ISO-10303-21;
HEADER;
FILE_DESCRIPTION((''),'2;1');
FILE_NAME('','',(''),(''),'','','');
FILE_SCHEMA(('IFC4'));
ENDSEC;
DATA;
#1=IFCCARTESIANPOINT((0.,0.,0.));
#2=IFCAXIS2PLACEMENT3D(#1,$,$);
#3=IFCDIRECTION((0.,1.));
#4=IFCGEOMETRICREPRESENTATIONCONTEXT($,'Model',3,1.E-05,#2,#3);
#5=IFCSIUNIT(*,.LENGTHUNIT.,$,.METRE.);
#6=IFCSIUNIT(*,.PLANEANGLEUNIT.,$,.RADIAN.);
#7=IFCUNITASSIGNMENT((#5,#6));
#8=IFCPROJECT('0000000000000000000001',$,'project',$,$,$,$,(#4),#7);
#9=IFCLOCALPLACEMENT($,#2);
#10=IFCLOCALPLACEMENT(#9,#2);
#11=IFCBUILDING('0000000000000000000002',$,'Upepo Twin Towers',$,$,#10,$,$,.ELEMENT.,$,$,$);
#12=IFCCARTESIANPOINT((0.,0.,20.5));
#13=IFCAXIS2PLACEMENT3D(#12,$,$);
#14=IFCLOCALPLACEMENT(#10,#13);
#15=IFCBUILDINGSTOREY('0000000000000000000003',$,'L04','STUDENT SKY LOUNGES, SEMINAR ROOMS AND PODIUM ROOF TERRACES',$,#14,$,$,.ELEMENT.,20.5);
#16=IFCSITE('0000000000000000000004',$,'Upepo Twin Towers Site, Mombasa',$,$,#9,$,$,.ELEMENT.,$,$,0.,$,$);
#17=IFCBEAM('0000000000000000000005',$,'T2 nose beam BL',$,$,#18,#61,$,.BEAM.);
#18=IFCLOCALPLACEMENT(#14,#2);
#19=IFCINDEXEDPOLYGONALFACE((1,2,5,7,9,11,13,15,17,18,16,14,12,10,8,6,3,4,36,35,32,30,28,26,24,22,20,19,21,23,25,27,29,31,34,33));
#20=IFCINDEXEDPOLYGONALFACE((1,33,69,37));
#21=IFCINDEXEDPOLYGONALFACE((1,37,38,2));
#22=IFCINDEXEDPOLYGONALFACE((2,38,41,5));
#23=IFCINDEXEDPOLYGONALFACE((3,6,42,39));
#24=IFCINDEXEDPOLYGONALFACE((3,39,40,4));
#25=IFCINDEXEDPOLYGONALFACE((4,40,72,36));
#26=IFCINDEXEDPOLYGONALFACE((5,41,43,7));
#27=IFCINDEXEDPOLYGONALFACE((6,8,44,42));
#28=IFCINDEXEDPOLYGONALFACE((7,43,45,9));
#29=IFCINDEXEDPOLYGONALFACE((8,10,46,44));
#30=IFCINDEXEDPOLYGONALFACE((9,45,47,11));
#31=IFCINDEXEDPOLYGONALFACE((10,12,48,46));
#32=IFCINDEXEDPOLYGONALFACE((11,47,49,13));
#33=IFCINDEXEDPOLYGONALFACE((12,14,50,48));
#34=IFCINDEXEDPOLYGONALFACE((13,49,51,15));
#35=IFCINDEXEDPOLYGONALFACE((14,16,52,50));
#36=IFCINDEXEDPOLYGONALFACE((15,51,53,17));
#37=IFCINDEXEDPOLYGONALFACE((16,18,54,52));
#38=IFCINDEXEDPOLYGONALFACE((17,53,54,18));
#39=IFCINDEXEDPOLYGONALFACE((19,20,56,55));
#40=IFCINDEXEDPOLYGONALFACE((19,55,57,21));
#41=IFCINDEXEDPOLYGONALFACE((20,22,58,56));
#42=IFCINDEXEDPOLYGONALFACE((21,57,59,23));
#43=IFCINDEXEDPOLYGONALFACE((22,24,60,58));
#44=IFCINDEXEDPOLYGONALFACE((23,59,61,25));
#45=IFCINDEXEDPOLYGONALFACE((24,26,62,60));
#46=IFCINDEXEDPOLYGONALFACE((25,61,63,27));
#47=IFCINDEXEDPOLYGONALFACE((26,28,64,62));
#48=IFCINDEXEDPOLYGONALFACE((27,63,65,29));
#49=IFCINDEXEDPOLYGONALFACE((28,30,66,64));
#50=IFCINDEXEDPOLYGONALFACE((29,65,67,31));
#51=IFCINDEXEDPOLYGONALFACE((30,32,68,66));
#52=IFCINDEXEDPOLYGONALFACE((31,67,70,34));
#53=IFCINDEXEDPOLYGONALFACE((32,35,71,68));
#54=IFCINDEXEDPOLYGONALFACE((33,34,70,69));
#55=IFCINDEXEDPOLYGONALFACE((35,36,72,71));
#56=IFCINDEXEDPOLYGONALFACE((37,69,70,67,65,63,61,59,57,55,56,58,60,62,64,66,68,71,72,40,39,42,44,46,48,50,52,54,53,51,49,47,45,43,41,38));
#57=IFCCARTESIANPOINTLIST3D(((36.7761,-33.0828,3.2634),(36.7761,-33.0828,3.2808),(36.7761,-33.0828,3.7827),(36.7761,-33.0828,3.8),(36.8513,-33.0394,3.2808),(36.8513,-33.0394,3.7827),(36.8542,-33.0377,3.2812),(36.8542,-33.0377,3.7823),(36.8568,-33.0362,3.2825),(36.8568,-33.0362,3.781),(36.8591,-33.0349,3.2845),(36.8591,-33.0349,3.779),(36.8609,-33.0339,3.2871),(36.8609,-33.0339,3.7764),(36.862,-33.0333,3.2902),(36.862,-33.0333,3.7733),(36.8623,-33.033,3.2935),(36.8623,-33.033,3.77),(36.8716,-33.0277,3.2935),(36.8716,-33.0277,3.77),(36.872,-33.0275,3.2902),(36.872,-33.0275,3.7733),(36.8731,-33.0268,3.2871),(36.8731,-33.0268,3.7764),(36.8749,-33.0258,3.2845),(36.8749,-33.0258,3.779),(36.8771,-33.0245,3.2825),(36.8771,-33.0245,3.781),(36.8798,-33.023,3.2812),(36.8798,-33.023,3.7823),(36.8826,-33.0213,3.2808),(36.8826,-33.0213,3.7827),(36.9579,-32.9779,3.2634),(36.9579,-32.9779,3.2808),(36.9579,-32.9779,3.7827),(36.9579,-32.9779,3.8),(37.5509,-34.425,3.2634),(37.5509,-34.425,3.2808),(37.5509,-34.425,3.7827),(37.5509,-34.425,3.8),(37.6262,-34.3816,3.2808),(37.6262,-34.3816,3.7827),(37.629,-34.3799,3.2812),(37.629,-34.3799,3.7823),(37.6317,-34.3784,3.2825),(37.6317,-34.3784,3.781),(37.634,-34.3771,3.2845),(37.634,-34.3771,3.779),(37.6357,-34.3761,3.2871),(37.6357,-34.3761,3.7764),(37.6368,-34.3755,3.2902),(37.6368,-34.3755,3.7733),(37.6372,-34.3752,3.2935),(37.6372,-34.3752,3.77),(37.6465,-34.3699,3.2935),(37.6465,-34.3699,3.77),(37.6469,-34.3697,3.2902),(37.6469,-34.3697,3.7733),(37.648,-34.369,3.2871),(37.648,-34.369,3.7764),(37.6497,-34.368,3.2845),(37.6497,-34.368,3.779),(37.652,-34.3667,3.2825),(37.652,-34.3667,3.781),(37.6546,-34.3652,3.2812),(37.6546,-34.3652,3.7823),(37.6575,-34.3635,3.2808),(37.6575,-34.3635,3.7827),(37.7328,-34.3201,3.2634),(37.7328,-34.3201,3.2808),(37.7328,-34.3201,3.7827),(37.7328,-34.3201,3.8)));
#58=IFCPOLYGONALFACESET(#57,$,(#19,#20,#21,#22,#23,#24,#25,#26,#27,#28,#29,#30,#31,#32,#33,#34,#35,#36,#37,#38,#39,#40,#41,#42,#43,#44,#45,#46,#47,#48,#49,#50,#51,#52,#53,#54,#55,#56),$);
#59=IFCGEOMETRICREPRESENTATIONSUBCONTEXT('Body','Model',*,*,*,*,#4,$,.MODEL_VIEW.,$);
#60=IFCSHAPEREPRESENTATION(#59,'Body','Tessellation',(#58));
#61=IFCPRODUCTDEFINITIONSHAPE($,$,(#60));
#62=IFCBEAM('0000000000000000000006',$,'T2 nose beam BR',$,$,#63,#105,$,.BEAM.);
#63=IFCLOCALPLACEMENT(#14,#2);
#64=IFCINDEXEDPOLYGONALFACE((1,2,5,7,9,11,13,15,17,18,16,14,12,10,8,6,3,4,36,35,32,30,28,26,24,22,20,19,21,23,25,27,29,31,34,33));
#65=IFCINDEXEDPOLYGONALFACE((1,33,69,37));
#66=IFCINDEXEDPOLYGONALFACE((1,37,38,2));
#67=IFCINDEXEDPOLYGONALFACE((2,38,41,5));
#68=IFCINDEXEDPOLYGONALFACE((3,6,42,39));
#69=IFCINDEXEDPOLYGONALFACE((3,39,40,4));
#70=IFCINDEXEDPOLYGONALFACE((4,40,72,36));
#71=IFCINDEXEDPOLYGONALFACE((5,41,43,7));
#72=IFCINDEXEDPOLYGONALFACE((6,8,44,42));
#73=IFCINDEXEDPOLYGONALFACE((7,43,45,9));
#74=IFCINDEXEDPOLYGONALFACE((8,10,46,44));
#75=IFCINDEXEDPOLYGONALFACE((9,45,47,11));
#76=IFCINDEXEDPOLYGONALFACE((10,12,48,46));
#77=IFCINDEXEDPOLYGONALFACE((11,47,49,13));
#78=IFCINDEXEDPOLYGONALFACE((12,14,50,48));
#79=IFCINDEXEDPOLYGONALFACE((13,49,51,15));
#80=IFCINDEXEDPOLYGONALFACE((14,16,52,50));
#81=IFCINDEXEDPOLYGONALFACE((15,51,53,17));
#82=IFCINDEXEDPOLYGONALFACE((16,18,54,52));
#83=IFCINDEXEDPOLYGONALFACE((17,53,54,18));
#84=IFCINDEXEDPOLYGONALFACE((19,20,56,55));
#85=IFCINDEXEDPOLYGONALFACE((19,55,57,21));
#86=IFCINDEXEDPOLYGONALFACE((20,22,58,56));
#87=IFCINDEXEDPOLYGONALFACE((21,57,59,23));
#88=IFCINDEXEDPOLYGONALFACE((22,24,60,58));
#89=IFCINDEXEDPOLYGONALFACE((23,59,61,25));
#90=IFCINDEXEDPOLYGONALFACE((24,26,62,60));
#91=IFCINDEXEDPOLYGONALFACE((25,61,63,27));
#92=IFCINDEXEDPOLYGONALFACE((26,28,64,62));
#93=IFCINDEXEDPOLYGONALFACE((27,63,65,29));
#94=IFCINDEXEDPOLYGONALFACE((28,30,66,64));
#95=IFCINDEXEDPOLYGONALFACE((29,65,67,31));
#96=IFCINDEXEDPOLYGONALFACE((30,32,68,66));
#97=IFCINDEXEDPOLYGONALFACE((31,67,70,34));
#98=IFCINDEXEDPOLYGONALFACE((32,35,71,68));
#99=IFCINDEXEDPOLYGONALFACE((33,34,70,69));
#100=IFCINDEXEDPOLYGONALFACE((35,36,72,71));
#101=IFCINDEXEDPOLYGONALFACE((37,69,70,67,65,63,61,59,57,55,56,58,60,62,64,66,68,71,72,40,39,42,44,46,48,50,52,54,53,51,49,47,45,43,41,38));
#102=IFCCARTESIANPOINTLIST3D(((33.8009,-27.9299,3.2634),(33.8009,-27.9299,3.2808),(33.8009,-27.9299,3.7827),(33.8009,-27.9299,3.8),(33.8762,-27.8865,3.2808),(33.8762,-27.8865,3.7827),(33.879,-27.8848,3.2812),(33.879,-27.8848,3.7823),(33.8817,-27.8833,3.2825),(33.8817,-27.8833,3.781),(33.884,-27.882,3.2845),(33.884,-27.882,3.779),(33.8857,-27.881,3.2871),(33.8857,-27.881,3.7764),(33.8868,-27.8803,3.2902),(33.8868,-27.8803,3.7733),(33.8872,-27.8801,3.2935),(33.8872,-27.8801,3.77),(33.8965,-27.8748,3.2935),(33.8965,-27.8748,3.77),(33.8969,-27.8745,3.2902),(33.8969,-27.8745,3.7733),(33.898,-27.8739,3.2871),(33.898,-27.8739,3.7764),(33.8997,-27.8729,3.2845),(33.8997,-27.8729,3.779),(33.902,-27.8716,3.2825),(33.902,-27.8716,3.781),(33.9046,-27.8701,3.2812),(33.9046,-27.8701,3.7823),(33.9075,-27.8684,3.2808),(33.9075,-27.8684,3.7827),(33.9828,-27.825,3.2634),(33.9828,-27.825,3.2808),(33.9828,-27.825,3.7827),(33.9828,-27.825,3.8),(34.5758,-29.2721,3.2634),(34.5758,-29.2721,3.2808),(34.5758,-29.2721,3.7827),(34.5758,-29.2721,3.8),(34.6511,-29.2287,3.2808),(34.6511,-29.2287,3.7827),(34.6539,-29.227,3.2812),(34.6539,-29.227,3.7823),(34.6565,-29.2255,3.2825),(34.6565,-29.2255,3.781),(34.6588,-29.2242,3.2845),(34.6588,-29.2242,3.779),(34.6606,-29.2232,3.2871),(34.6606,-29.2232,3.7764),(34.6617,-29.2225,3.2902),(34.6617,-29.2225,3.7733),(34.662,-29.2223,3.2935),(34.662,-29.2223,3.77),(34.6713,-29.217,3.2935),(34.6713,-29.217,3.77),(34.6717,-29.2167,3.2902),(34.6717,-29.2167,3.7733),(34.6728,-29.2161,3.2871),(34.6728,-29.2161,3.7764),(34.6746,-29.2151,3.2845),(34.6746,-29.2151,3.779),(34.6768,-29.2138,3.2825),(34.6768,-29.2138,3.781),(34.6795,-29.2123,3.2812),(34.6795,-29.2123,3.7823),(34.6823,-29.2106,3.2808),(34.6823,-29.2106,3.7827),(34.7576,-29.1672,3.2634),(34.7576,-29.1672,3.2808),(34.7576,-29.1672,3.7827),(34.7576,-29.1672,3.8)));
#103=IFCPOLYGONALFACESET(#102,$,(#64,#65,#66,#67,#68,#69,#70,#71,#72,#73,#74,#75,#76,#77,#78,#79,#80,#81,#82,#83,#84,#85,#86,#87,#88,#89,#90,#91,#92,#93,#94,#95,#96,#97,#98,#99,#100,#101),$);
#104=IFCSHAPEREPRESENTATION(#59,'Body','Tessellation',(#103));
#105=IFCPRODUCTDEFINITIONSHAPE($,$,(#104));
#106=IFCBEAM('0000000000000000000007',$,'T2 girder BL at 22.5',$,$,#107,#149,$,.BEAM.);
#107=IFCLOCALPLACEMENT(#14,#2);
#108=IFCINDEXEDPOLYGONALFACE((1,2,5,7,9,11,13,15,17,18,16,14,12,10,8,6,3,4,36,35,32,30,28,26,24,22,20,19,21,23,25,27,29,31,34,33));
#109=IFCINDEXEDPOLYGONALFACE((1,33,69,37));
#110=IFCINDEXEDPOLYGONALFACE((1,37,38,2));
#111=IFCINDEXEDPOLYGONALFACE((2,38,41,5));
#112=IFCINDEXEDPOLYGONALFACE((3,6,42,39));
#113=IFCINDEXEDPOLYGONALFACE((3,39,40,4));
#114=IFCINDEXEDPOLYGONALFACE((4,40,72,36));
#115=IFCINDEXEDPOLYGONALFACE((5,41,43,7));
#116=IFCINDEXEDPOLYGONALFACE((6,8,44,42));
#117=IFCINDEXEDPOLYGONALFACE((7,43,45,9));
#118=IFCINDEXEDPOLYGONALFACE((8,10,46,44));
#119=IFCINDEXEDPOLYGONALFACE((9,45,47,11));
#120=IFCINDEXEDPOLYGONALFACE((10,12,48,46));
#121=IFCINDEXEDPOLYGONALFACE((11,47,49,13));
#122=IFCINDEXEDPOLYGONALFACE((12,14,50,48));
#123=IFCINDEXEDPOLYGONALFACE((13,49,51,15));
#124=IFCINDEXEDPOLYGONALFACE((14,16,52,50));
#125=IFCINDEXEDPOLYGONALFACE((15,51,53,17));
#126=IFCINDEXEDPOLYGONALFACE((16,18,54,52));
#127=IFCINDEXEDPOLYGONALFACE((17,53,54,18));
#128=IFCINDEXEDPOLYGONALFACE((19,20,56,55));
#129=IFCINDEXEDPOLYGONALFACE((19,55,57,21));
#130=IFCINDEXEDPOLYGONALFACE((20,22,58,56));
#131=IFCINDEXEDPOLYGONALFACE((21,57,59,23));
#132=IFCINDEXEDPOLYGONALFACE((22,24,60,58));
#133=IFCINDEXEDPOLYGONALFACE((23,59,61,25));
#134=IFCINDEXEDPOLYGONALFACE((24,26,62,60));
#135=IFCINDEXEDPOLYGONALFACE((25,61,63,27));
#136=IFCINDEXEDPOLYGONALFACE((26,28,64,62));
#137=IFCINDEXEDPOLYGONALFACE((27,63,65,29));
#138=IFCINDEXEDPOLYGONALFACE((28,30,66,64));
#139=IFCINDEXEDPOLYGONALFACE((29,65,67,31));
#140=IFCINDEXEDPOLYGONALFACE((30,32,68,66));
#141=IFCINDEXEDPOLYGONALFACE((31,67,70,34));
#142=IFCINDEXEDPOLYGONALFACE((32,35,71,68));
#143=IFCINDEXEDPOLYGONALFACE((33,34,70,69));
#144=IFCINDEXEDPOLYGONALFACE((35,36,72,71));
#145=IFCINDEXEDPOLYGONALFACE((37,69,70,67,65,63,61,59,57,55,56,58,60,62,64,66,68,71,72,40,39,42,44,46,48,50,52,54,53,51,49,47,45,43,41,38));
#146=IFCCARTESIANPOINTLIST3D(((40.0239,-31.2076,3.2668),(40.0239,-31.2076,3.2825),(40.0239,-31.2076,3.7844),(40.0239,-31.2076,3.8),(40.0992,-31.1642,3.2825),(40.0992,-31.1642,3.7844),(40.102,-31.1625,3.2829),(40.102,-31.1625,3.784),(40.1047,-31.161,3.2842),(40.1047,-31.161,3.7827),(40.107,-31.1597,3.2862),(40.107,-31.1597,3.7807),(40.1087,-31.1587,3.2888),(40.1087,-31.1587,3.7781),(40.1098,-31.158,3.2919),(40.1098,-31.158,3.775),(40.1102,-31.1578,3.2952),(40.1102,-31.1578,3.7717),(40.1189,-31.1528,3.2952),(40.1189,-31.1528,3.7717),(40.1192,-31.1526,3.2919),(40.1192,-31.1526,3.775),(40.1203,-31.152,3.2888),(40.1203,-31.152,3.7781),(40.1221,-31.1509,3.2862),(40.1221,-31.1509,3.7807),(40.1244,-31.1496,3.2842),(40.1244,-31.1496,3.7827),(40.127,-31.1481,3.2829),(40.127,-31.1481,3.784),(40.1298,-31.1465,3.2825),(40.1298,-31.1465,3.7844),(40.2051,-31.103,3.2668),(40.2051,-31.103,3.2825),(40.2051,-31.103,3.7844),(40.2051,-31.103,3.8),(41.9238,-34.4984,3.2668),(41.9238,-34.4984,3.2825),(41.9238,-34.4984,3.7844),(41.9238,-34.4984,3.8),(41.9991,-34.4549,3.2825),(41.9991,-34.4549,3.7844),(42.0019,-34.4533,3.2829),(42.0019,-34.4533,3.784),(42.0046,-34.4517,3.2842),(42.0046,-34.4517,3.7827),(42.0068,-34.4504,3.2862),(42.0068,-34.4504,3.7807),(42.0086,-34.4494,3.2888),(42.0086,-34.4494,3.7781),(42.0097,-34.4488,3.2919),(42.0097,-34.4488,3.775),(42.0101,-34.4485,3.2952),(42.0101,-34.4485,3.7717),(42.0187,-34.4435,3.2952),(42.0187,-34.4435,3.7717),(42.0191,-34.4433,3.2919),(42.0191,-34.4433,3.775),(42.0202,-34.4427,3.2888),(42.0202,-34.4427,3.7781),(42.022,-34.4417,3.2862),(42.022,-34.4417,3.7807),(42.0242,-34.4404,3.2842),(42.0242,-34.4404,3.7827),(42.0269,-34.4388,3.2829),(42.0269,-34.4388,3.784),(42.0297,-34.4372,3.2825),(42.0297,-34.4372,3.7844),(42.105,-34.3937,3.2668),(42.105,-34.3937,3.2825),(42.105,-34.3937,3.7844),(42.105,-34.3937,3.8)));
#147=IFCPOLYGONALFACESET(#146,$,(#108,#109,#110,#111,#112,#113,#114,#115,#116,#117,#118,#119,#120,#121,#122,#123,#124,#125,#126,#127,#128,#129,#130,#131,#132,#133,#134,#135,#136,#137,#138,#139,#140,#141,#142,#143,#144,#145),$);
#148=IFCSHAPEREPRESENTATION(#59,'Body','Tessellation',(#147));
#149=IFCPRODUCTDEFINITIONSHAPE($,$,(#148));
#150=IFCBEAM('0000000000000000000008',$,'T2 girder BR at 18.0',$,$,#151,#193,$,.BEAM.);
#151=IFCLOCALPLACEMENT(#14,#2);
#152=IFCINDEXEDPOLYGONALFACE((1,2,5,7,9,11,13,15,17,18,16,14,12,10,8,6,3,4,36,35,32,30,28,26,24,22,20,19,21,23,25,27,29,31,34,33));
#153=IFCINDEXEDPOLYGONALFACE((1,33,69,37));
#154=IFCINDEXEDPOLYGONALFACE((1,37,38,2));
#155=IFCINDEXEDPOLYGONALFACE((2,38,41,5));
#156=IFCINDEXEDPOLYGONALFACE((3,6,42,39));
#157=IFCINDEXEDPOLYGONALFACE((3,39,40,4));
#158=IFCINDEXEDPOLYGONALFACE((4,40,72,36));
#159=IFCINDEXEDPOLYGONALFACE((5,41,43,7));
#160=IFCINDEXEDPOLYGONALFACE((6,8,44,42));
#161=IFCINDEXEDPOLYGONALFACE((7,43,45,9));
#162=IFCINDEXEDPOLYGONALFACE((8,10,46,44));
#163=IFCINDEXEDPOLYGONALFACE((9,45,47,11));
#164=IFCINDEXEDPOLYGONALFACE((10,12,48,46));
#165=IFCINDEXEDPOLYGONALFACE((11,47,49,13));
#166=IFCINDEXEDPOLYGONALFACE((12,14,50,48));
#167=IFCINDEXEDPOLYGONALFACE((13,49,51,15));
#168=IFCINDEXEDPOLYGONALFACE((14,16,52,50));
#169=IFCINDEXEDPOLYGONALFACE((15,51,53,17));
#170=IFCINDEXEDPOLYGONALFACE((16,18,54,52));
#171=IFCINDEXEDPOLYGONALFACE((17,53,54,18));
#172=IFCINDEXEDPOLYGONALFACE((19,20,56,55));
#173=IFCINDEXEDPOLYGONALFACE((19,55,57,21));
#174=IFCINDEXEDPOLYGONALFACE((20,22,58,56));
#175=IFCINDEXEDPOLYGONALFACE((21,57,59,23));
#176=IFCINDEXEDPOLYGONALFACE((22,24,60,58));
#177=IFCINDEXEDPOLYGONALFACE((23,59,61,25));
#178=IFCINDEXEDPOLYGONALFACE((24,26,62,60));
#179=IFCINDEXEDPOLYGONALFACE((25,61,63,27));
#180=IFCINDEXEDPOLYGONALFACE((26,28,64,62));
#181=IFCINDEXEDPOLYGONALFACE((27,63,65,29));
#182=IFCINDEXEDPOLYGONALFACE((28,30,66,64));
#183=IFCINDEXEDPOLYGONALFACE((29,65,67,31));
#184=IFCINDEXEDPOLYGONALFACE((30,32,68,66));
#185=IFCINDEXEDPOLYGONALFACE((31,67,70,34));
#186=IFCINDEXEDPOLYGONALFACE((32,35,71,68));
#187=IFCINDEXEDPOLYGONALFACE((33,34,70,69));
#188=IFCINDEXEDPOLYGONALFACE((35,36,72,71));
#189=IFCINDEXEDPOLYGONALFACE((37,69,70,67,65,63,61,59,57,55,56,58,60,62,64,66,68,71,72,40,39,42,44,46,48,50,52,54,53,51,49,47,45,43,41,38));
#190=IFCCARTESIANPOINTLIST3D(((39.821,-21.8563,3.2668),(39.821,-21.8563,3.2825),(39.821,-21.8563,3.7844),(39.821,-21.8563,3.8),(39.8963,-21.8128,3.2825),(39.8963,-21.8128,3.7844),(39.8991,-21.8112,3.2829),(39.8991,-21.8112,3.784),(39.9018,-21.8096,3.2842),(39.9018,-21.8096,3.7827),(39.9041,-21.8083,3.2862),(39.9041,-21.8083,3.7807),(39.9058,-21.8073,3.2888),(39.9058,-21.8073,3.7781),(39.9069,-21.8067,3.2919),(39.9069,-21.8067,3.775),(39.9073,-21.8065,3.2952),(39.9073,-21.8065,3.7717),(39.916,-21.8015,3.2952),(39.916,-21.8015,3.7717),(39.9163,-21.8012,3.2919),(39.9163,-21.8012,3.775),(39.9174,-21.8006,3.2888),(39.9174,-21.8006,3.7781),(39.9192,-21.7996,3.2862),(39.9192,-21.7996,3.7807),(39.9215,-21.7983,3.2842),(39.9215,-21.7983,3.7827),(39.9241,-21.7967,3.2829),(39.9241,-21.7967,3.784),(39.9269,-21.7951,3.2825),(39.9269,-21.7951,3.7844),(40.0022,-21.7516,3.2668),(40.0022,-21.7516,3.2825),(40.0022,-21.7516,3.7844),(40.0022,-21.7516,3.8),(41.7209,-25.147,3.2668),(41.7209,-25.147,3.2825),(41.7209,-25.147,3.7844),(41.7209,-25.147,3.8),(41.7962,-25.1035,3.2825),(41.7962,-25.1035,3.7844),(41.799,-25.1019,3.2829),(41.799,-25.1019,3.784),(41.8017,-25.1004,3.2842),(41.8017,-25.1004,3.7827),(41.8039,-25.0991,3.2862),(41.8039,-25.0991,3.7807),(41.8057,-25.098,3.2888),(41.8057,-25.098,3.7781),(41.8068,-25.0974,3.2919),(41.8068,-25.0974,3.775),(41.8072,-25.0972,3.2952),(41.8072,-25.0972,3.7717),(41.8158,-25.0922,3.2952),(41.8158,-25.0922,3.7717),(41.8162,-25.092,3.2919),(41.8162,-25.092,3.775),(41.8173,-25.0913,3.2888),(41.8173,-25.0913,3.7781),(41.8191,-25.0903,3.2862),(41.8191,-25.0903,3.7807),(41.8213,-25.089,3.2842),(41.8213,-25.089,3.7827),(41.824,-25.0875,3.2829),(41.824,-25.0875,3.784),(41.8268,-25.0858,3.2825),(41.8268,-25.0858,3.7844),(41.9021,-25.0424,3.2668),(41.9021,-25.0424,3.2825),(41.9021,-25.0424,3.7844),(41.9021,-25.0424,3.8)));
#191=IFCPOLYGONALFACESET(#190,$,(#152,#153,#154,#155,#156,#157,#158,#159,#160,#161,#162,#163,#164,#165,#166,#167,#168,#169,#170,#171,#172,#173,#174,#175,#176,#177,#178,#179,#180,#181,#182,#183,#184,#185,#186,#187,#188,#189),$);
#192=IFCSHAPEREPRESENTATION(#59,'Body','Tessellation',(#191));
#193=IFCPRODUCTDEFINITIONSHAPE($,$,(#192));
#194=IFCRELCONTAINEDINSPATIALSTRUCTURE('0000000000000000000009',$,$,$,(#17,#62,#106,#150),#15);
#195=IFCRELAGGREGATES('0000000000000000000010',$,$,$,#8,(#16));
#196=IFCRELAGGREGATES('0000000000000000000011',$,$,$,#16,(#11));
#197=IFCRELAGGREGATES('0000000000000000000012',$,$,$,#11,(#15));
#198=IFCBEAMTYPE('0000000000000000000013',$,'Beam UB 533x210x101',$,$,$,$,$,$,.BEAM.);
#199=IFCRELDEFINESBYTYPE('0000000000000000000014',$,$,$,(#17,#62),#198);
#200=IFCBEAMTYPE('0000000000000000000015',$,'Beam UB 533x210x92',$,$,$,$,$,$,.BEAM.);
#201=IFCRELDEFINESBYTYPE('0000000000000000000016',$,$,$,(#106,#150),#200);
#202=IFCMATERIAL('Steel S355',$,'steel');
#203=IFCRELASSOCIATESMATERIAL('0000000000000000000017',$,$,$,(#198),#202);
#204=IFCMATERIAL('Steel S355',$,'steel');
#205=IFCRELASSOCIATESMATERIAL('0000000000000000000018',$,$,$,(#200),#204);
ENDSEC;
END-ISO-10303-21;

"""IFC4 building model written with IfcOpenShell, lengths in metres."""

from ifc_helpers import new_model, si_unit, direction, frame, origin, origin_2d, place, context, subcontext, project, spatial, i_section, extrude, material, material_profile, profile_set, type_object, element, save


model = new_model("IFC4")

# Units and contexts
model_context = context("Model", 3, precision=1e-05, world=origin(), true_north=direction((0.0, 1.0)))
body_context = subcontext(model_context, "Body", "Model", "MODEL_VIEW")
ifc_project = project(units=[si_unit("LENGTHUNIT", "METRE"), si_unit("PLANEANGLEUNIT", "RADIAN")], contexts=[model_context])

# Site, building, storey
site_placement = place(None, origin())
site = spatial("IfcSite", under=ifc_project, at=site_placement, Name="Upepo Twin Towers Site, Mombasa", CompositionType="ELEMENT", RefElevation=0.0)
building_placement = place(site_placement, origin())
building = spatial("IfcBuilding", under=site, at=building_placement, Name="Upepo Twin Towers", CompositionType="ELEMENT")
storey_placement = place(building_placement, frame((0.0, 0.0, 20.5)))
storey = spatial("IfcBuildingStorey", under=building, at=storey_placement, Name="L04", Description="STUDENT SKY LOUNGES, SEMINAR ROOMS AND PODIUM ROOF TERRACES", CompositionType="ELEMENT", Elevation=20.5)

# Beams
ifc_material_1 = material(Name="Steel S355", Category="steel")
ifc_material_profile_1 = material_profile(ifc_material_1, i_section(OverallWidth=0.21, OverallDepth=0.5366, WebThickness=0.0107, FlangeThickness=0.0173, FilletRadius=0.0127, at=origin_2d()), Name="UB 533x210x101")
ifc_profile_set_1 = profile_set([ifc_material_profile_1], Name="Steel S355")
beam_type_1 = type_object("IfcBeamType", Name="Beam UB 533x210x101", PredefinedType="BEAM", material=ifc_profile_set_1)
for number, where, z_axis, x_axis, name in (
    (1, (37.6418, -34.3726, 3.5317), (-0.499968, 0.866044, 0.0), (-0.866044, -0.499968, 0.0), "T2 nose beam BL"),
    (2, (33.8918, -27.8774, 3.5317), (0.499968, -0.866044, 0.0), (0.866044, 0.499968, 0.0), "T2 nose beam BR"),
):
    element("IfcBeam", number, at=place(storey_placement, frame(where, z_axis=z_axis, x_axis=x_axis)), inside=storey, type_object=beam_type_1, Name=name, PredefinedType="BEAM", context=body_context, shape_type="SweptSolid", body=[
        extrude(i_section(OverallWidth=0.21, OverallDepth=0.5366, WebThickness=0.0107, FlangeThickness=0.0173, FilletRadius=0.0127, at=origin_2d()), origin(), (0.0, 0.0, 1.0), 1.5498),
    ])
ifc_material_2 = material(Name="Steel S355", Category="steel")
ifc_material_profile_2 = material_profile(ifc_material_2, i_section(OverallWidth=0.2092, OverallDepth=0.5332, WebThickness=0.01, FlangeThickness=0.0156, FilletRadius=0.0127, at=origin_2d()), Name="UB 533x210x92")
ifc_profile_set_2 = profile_set([ifc_material_profile_2], Name="Steel S355")
beam_type_2 = type_object("IfcBeamType", Name="Beam UB 533x210x92", PredefinedType="BEAM", material=ifc_profile_set_2)
for number, where, z_axis, x_axis, name in (
    (3, (42.0144, -34.446, 3.5334), (-0.499995, 0.866028, 0.0), (-0.866028, -0.499995, 0.0), "T2 girder BL at 22.5"),
    (4, (39.9116, -21.804, 3.5334), (0.499995, -0.866028, 0.0), (0.866028, 0.499995, 0.0), "T2 girder BR at 18.0"),
):
    element("IfcBeam", number, at=place(storey_placement, frame(where, z_axis=z_axis, x_axis=x_axis)), inside=storey, type_object=beam_type_2, Name=name, PredefinedType="BEAM", context=body_context, shape_type="SweptSolid", body=[
        extrude(i_section(OverallWidth=0.2092, OverallDepth=0.5332, WebThickness=0.01, FlangeThickness=0.0156, FilletRadius=0.0127, at=origin_2d()), origin(), (0.0, 0.0, 1.0), 3.7998),
    ])

save(model, "model.ifc")
